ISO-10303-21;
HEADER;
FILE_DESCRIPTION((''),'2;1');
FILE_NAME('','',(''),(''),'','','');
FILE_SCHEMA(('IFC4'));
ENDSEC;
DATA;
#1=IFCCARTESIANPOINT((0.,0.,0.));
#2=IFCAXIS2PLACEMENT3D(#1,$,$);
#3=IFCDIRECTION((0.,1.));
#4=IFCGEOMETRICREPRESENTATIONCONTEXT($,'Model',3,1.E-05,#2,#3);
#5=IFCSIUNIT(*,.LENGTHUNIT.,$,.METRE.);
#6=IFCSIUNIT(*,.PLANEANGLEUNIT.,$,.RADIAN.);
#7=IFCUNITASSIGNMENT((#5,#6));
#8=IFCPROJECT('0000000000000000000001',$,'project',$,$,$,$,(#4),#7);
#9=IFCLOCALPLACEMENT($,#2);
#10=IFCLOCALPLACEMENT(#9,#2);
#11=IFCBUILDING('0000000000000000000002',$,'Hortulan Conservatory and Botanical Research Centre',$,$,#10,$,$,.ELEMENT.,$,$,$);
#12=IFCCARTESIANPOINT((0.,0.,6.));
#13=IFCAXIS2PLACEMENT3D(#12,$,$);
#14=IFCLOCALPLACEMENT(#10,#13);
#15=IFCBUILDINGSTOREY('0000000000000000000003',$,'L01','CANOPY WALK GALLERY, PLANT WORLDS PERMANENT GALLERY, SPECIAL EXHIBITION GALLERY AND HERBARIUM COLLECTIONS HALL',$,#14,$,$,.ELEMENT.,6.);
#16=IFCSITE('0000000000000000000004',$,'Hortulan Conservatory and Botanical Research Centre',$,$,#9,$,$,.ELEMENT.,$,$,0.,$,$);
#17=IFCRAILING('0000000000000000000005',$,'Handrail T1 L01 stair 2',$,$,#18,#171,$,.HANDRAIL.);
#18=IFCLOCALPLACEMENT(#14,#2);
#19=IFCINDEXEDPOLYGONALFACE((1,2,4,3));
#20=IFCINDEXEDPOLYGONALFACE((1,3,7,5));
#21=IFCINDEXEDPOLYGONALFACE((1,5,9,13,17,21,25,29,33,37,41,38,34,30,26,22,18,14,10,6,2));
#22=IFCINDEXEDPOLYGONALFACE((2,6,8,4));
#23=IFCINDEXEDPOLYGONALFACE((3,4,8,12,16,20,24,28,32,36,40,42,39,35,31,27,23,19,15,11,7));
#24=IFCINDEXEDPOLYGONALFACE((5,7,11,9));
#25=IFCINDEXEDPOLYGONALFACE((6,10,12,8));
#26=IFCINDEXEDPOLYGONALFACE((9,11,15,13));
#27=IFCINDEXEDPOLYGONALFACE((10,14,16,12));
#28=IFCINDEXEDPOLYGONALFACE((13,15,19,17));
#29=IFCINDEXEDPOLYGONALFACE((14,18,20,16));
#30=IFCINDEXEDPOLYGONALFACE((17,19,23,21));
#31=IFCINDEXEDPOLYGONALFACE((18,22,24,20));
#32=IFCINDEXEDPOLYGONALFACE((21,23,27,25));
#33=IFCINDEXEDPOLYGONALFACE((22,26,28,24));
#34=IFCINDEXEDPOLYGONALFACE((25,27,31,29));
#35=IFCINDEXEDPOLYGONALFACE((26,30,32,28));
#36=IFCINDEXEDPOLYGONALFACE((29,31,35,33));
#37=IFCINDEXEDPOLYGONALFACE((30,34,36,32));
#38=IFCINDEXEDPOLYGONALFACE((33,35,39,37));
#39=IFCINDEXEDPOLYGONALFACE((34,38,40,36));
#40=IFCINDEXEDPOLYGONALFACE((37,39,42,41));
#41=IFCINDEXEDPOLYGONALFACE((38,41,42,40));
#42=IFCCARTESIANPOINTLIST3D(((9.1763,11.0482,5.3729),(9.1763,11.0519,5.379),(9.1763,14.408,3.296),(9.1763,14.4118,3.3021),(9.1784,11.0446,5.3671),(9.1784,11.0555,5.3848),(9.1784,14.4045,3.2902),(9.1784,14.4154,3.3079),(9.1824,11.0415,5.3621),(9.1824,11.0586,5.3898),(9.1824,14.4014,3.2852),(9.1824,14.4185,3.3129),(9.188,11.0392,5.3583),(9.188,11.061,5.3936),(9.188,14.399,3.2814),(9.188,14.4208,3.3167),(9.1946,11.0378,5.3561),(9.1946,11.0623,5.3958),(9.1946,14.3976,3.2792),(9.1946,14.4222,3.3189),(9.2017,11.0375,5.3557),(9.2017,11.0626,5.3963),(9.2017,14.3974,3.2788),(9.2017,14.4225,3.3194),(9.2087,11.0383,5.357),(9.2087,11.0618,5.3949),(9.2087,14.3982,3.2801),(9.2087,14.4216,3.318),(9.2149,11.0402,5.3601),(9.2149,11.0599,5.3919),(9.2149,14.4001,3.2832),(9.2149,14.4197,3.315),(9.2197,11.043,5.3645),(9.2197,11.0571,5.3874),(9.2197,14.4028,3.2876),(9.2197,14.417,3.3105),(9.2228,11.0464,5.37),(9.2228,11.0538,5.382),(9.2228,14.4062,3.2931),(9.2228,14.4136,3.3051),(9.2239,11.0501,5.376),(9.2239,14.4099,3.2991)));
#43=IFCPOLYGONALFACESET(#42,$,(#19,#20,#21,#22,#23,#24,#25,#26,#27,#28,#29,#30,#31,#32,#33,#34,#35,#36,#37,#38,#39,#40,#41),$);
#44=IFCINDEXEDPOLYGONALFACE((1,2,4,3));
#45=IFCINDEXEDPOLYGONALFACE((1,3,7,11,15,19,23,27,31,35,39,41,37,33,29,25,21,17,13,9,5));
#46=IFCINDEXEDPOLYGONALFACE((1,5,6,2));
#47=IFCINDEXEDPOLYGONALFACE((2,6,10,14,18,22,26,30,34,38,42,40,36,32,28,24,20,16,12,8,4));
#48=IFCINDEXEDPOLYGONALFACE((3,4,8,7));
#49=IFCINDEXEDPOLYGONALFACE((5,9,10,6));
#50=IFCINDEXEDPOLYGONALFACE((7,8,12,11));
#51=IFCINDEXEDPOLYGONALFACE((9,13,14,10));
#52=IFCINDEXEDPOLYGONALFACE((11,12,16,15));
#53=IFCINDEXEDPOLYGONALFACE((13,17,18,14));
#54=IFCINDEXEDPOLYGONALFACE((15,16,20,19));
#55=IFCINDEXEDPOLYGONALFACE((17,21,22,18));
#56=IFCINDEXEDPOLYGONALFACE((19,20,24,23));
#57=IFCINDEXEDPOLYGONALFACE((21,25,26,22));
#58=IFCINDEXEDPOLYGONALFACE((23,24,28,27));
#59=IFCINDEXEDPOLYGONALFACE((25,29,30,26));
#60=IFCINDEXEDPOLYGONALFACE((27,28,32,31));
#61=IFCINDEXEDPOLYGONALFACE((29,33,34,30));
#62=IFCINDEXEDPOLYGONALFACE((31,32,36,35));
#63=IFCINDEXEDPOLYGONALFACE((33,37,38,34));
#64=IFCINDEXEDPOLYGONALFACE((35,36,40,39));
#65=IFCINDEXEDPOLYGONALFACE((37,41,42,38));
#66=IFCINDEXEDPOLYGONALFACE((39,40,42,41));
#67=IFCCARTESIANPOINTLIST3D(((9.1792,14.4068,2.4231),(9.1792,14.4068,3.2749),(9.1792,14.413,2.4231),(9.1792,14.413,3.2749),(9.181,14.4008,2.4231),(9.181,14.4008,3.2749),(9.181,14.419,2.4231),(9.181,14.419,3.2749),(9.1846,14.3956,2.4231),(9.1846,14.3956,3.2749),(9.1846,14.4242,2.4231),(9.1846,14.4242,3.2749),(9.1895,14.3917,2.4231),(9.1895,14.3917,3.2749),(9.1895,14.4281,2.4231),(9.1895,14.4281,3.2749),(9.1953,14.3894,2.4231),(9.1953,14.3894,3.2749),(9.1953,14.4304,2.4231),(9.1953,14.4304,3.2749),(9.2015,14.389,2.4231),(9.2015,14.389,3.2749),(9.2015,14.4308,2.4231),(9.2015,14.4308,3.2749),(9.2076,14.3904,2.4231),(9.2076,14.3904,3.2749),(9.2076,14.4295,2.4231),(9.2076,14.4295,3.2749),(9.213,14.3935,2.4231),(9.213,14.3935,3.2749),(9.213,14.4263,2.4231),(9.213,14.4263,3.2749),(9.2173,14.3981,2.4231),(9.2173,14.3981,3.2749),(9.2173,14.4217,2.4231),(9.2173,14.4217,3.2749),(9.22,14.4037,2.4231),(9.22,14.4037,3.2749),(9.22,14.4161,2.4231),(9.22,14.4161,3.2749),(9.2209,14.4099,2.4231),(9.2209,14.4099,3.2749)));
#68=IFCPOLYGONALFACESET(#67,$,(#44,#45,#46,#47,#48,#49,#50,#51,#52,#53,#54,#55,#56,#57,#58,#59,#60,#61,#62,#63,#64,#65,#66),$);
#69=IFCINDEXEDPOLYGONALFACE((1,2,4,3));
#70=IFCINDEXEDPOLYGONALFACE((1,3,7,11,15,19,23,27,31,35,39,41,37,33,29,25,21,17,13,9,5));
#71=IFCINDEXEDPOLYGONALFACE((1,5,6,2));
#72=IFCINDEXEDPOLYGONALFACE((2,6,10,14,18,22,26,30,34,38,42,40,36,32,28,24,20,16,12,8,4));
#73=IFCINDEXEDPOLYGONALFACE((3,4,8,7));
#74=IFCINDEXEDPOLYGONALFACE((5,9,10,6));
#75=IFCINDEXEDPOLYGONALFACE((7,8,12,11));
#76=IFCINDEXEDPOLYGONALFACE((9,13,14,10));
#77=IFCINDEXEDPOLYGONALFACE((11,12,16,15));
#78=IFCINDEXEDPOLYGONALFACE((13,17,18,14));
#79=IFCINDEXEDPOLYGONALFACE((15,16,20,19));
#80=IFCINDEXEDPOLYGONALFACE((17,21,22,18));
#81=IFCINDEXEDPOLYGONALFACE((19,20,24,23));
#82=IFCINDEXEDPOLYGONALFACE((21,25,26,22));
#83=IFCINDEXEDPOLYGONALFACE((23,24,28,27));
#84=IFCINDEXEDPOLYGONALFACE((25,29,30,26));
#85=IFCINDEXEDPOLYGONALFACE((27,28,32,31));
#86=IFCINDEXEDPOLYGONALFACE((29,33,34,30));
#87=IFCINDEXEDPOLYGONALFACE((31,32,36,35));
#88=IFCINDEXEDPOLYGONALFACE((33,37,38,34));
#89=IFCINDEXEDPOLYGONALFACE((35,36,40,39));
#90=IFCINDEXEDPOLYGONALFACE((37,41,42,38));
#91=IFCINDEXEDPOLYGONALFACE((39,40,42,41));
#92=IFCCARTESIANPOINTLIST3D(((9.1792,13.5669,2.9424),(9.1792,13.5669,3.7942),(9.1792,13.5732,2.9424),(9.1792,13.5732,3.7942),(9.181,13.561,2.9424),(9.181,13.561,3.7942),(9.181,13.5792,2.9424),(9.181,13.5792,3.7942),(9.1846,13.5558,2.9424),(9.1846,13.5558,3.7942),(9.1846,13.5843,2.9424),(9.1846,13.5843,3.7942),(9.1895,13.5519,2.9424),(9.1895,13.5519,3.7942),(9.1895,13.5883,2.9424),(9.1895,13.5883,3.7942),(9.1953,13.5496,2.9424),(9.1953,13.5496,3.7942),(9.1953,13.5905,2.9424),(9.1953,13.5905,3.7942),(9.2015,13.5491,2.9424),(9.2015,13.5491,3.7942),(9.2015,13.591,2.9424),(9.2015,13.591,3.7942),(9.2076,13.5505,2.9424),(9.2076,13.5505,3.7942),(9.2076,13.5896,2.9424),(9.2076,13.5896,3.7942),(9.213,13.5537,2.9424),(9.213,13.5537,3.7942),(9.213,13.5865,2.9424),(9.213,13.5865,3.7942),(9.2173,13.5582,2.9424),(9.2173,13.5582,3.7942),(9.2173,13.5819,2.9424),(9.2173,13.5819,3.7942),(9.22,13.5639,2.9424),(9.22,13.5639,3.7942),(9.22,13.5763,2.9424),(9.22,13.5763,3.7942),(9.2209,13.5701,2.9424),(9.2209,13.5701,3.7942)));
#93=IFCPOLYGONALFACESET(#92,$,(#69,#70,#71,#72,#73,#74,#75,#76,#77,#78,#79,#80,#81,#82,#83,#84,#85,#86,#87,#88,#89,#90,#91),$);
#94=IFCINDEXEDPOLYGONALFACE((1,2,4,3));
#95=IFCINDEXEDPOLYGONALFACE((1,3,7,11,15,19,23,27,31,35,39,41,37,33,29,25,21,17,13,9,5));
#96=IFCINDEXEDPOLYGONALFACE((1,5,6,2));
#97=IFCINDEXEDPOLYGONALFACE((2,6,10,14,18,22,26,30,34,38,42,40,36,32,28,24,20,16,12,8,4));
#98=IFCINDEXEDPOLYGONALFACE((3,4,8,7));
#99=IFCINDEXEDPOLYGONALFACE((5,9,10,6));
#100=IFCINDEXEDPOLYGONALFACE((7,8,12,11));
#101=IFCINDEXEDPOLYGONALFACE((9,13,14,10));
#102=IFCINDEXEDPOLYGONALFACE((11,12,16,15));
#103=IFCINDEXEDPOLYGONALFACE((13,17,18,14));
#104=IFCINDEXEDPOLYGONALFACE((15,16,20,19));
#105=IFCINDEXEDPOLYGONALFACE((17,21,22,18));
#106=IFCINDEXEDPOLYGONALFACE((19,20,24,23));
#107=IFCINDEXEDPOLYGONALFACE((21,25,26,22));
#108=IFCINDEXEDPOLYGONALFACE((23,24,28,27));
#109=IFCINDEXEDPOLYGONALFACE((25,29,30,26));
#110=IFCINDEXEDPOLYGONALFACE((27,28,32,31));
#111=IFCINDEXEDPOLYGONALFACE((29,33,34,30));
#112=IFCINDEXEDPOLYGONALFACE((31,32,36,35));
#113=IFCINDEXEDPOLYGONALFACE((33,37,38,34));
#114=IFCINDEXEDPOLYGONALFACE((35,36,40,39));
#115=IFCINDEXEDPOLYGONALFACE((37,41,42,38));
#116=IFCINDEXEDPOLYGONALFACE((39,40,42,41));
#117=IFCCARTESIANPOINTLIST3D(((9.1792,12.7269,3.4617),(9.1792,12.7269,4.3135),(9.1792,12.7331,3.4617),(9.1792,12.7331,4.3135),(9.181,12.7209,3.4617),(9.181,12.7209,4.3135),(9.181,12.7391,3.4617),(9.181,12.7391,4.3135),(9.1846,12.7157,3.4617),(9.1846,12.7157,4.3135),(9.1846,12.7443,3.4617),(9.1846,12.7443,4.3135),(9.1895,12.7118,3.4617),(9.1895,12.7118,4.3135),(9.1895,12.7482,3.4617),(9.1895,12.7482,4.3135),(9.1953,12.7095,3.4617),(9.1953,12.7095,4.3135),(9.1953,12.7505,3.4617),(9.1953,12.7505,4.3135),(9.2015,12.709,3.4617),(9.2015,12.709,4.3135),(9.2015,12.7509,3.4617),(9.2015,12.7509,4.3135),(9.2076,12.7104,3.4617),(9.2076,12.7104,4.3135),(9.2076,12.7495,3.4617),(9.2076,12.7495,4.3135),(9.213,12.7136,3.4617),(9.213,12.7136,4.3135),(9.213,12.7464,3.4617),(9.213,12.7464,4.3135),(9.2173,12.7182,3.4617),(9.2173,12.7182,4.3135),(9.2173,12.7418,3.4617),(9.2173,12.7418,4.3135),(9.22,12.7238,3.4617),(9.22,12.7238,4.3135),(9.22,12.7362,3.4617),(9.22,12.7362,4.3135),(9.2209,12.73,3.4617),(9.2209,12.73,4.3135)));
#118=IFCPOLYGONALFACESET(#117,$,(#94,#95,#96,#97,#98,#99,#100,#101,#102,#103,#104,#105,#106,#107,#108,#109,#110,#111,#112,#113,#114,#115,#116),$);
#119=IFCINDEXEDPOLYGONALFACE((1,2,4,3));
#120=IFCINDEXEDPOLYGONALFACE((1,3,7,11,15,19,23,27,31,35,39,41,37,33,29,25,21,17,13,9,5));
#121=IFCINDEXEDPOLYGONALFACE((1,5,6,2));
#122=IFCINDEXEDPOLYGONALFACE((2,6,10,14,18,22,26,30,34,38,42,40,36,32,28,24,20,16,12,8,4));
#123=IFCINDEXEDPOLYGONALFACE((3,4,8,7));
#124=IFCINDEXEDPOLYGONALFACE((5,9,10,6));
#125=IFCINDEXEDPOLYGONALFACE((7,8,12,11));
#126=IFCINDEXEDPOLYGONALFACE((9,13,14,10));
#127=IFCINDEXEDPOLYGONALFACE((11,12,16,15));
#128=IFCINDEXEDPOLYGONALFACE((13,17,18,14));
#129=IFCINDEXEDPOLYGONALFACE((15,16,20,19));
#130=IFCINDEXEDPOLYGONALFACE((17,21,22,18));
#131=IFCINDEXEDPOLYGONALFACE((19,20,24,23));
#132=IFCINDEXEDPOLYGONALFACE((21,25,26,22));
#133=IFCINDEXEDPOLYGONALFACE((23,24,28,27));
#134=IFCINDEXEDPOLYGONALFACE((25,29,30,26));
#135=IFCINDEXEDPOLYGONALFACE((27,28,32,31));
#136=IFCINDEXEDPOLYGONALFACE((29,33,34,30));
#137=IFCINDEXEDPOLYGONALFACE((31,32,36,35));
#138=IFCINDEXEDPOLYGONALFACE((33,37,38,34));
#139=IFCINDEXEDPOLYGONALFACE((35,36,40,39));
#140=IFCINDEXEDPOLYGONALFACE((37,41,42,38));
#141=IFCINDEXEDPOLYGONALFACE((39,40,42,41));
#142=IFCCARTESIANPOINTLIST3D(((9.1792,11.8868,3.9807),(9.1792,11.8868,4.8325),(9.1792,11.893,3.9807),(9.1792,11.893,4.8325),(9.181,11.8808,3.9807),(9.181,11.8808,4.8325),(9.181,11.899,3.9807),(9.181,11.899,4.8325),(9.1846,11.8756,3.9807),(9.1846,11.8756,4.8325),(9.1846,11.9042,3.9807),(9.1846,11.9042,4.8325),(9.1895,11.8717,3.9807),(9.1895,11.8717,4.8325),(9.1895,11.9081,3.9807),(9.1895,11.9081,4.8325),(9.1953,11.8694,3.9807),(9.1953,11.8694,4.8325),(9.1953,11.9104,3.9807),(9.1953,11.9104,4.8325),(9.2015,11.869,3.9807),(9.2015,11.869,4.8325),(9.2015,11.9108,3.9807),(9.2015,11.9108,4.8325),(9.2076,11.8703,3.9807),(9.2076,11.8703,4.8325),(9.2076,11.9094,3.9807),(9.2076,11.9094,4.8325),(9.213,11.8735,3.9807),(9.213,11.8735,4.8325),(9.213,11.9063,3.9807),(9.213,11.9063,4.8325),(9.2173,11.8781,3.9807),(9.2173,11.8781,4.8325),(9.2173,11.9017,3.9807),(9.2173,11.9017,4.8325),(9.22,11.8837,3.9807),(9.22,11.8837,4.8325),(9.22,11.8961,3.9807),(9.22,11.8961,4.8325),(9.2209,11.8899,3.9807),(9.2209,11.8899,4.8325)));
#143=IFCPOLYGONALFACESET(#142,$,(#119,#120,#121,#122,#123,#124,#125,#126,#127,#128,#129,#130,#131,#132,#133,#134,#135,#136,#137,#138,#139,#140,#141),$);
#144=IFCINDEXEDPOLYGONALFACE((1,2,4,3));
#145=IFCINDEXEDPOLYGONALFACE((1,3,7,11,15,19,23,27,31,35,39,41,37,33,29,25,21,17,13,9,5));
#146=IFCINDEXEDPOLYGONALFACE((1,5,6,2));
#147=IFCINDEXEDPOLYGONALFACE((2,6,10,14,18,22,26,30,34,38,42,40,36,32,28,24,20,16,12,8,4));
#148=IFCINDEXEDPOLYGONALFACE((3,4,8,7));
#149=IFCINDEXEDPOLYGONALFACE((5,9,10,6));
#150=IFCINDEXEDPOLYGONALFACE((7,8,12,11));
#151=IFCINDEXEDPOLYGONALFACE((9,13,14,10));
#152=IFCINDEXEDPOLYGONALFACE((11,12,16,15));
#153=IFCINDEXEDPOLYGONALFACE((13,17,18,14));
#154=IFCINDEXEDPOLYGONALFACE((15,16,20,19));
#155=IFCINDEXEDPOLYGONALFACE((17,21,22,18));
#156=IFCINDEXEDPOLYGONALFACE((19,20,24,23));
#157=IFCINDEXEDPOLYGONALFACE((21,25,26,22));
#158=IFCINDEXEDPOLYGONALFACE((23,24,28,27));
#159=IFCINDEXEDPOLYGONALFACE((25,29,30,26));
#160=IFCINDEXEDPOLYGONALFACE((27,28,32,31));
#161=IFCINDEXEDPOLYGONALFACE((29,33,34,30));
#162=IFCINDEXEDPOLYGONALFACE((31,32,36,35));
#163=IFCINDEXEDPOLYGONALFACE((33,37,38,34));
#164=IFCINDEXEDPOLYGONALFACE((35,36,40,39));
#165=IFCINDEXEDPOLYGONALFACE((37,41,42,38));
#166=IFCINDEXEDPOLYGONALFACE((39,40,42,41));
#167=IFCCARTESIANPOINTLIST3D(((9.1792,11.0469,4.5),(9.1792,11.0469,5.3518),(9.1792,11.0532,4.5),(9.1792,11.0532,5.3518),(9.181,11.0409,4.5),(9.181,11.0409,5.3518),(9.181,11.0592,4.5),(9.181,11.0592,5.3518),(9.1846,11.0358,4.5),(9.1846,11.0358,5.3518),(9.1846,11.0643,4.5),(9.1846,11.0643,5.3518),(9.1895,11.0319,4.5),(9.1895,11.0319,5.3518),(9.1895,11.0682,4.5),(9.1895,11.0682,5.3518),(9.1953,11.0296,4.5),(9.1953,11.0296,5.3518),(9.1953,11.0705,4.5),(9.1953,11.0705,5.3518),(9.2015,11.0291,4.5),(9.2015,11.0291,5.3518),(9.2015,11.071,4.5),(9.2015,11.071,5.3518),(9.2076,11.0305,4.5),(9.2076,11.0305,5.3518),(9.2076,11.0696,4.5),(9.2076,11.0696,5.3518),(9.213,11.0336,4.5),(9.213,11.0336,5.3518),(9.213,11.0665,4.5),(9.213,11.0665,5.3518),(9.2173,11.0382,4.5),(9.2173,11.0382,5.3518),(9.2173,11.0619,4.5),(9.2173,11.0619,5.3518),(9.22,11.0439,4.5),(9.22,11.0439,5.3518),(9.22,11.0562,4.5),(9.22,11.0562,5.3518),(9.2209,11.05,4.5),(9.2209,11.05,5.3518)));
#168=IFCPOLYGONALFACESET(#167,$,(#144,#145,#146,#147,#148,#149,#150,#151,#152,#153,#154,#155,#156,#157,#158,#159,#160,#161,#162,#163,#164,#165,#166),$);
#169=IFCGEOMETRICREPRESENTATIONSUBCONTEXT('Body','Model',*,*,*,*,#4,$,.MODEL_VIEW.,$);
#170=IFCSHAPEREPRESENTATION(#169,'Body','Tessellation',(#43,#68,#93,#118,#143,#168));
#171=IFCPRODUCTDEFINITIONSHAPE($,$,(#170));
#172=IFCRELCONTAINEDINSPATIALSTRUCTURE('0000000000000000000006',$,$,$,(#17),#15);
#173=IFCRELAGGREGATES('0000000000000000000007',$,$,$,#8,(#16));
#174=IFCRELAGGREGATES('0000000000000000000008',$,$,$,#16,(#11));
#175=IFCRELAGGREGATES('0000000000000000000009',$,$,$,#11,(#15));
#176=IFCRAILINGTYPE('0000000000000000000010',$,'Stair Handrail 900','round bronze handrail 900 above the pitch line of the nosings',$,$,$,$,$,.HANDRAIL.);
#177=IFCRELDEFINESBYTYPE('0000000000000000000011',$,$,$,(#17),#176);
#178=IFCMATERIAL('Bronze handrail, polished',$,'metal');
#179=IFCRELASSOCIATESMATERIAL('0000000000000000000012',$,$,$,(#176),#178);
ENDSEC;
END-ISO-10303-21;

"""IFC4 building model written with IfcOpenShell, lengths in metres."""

from ifc_helpers import new_model, si_unit, direction, frame, origin, origin_2d, place, context, subcontext, project, spatial, circle, extrude, material, type_object, element, save


model = new_model("IFC4")

# Units and contexts
model_context = context("Model", 3, precision=1e-05, world=origin(), true_north=direction((0.0, 1.0)))
body_context = subcontext(model_context, "Body", "Model", "MODEL_VIEW")
ifc_project = project(units=[si_unit("LENGTHUNIT", "METRE"), si_unit("PLANEANGLEUNIT", "RADIAN")], contexts=[model_context])

# Site, building, storey
site_placement = place(None, origin())
site = spatial("IfcSite", under=ifc_project, at=site_placement, Name="Hortulan Conservatory and Botanical Research Centre", CompositionType="ELEMENT", RefElevation=0.0)
building_placement = place(site_placement, origin())
building = spatial("IfcBuilding", under=site, at=building_placement, Name="Hortulan Conservatory and Botanical Research Centre", CompositionType="ELEMENT")
storey_placement = place(building_placement, frame((0.0, 0.0, 6.0)))
storey = spatial("IfcBuildingStorey", under=building, at=storey_placement, Name="L01", Description="CANOPY WALK GALLERY, PLANT WORLDS PERMANENT GALLERY, SPECIAL EXHIBITION GALLERY AND HERBARIUM COLLECTIONS HALL", CompositionType="ELEMENT", Elevation=6.0)

# Railing
ifc_material_1 = material(Name="Bronze handrail, polished", Category="metal")
railing_type_1 = type_object("IfcRailingType", Name="Stair Handrail 900", Description="round bronze handrail 900 above the pitch line of the nosings", PredefinedType="HANDRAIL", material=ifc_material_1)
railing_1_placement = place(storey_placement, frame((9.2, 14.4099, 2.4231)))
element("IfcRailing", 1, at=railing_1_placement, inside=storey, type_object=railing_type_1, Name="Handrail T1 L01 stair 2", PredefinedType="HANDRAIL", context=body_context, shape_type="SweptSolid", body=[
    extrude(circle(Radius=0.0239, at=origin_2d()), frame((0.0, 0.0, 0.876), z_axis=(0.0, -0.850606, 0.525803), x_axis=(1.0, 0.0, 0.0)), (0.0, 0.0, 1.0), 3.95),
    extrude(circle(Radius=0.021, at=origin_2d()), origin(), (0.0, 0.0, 1.0), 0.8518),
    extrude(circle(Radius=0.021, at=origin_2d()), frame((0.0, -0.8398, 0.5193)), (0.0, 0.0, 1.0), 0.8518),
    extrude(circle(Radius=0.021, at=origin_2d()), frame((0.0, -1.6799, 1.0386)), (0.0, 0.0, 1.0), 0.8518),
    extrude(circle(Radius=0.021, at=origin_2d()), frame((0.0, -2.52, 1.5576)), (0.0, 0.0, 1.0), 0.8518),
    extrude(circle(Radius=0.021, at=origin_2d()), frame((0.0, -3.3599, 2.0769)), (0.0, 0.0, 1.0), 0.8518),
])

save(model, "model.ifc")
